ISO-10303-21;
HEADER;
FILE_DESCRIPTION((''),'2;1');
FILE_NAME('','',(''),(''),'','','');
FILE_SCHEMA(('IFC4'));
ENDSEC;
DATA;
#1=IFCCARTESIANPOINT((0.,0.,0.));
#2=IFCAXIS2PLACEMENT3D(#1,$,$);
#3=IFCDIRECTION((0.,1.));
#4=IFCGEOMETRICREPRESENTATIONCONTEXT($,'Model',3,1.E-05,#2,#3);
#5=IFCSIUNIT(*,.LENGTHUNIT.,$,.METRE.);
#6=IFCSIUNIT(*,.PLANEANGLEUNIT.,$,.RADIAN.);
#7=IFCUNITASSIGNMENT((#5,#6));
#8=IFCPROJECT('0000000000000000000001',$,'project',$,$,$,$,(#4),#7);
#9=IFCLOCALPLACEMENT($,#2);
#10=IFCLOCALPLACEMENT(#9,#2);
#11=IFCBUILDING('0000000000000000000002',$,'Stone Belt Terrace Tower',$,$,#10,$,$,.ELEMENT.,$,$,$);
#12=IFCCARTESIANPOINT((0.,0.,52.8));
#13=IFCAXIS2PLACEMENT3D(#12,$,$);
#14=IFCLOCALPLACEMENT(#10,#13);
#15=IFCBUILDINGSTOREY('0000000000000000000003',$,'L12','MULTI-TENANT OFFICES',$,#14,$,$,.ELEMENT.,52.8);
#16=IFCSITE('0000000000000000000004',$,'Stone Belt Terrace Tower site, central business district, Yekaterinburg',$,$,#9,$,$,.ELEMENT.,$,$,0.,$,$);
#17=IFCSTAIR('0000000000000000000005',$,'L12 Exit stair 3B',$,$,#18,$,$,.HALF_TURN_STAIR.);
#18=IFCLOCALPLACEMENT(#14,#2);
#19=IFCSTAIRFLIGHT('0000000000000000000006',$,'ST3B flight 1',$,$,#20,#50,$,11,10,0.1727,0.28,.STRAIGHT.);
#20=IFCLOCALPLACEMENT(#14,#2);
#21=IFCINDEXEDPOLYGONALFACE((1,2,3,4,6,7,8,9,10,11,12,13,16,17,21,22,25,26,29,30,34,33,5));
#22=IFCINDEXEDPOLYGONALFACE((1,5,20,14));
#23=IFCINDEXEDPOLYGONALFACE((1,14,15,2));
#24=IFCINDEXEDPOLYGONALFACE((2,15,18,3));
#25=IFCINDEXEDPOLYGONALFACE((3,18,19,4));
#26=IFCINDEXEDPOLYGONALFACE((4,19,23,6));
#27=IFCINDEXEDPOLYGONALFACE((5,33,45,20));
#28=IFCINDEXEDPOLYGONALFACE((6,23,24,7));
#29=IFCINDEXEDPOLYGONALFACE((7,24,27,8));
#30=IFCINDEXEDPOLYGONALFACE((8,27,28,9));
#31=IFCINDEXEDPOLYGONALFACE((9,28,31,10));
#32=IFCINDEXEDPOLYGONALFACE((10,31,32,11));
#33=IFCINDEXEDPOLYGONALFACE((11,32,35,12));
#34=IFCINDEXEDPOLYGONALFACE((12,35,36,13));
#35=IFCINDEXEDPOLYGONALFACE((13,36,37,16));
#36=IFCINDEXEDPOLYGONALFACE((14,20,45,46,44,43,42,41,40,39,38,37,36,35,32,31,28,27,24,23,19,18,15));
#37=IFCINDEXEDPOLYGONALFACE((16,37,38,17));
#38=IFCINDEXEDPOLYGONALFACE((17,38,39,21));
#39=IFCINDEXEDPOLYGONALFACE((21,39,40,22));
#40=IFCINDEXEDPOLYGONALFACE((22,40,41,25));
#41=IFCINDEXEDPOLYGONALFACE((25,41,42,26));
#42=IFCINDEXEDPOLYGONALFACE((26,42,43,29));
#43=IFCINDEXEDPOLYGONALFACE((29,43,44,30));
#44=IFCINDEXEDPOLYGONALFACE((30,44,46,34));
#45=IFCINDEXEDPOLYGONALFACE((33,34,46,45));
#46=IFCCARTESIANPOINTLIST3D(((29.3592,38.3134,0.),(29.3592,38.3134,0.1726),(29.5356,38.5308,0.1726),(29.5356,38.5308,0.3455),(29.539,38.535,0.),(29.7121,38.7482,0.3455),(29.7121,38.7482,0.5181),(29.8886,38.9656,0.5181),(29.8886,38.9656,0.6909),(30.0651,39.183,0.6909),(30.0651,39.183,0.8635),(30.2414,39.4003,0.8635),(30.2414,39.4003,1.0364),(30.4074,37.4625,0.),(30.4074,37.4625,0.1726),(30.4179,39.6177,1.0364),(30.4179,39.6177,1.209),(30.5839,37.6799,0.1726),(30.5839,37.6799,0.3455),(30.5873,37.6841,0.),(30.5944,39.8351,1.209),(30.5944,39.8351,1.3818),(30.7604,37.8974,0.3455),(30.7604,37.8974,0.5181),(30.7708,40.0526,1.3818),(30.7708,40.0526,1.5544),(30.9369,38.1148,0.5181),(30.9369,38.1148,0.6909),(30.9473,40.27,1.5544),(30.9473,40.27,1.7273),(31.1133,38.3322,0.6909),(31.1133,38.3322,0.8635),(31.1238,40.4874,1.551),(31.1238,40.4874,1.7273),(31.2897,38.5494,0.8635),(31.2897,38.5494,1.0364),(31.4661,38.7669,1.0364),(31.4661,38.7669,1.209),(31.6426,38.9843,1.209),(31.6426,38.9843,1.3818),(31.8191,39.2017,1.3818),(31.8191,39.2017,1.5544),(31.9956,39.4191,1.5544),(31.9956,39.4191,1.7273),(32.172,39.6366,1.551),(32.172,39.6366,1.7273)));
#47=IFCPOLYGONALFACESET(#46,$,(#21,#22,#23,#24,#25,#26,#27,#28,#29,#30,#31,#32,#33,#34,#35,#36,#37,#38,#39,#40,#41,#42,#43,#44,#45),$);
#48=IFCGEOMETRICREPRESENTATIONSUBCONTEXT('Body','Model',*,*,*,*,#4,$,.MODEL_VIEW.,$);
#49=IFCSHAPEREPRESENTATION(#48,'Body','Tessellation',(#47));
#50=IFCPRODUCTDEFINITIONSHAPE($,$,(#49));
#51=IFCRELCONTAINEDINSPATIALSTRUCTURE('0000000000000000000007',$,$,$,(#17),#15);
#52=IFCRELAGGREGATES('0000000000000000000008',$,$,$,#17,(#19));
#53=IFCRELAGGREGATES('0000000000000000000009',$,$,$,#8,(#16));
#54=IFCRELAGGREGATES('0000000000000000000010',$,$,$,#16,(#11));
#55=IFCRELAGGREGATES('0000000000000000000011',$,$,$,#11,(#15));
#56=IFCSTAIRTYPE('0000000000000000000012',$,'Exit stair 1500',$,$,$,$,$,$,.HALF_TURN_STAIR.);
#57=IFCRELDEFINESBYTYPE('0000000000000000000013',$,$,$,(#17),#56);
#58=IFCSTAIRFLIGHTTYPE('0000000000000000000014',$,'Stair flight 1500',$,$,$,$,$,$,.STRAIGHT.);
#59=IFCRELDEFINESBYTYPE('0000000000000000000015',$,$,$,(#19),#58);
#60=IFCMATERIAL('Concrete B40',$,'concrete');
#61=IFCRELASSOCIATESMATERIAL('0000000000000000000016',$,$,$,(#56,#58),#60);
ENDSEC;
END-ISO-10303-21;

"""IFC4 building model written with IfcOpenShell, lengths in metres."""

from ifc_helpers import new_model, si_unit, direction, frame, origin, place, context, subcontext, project, spatial, polyline, outline, extrude, material, type_object, element, aggregate, save


model = new_model("IFC4")

# Units and contexts
model_context = context("Model", 3, precision=1e-05, world=origin(), true_north=direction((0.0, 1.0)))
body_context = subcontext(model_context, "Body", "Model", "MODEL_VIEW")
ifc_project = project(units=[si_unit("LENGTHUNIT", "METRE"), si_unit("PLANEANGLEUNIT", "RADIAN")], contexts=[model_context])

# Site, building, storey
site_placement = place(None, origin())
site = spatial("IfcSite", under=ifc_project, at=site_placement, Name="Stone Belt Terrace Tower site, central business district, Yekaterinburg", CompositionType="ELEMENT", RefElevation=0.0)
building_placement = place(site_placement, origin())
building = spatial("IfcBuilding", under=site, at=building_placement, Name="Stone Belt Terrace Tower", CompositionType="ELEMENT")
storey_placement = place(building_placement, frame((0.0, 0.0, 52.8)))
storey = spatial("IfcBuildingStorey", under=building, at=storey_placement, Name="L12", Description="MULTI-TENANT OFFICES", CompositionType="ELEMENT", Elevation=52.8)

# Shared definitions
ifc_material_1 = material(Name="Concrete B40", Category="concrete")

# Stair, stair flight
stair_type = type_object("IfcStairType", Name="Exit stair 1500", PredefinedType="HALF_TURN_STAIR", material=ifc_material_1)
stair_placement = place(storey_placement, origin())
stair = element("IfcStair", 1, at=stair_placement, inside=storey, type_object=stair_type, Name="L12 Exit stair 3B", PredefinedType="HALF_TURN_STAIR")
stair_flight_type = type_object("IfcStairFlightType", Name="Stair flight 1500", PredefinedType="STRAIGHT", material=ifc_material_1)
stair_flight_placement = place(storey_placement, frame((29.8833, 37.8879, 0.0), z_axis=(0.0, 0.0, 1.0), x_axis=(0.630206, 0.776428, 0.0)))
stair_flight = element("IfcStairFlight", 2, at=stair_flight_placement, type_object=stair_flight_type, Name="ST3B flight 1", NumberOfRisers=11, NumberOfTreads=10, PredefinedType="STRAIGHT", RiserHeight=0.1727, TreadLength=0.28, context=body_context, shape_type="SweptSolid", body=[
    extrude(outline(polyline([(0.0, 0.0), (0.0, 0.1726), (0.28, 0.1726), (0.28, 0.3455), (0.5601, 0.3455), (0.5601, 0.5181), (0.8401, 0.5181), (0.8401, 0.6909), (1.1201, 0.6909), (1.1201, 0.8635), (1.3999, 0.8635), (1.3999, 1.0364), (1.6799, 1.0364), (1.6799, 1.209), (1.96, 1.209), (1.96, 1.3818), (2.24, 1.3818), (2.24, 1.5544), (2.52, 1.5544), (2.52, 1.7273), (2.8, 1.7273), (2.8, 1.8999), (2.8, 1.551), (0.2854, 0.0), (0.0, 0.0)])), frame((0.0, 0.675, 0.0), z_axis=(0.0, -1.0, 0.0), x_axis=(1.0, 0.0, 0.0)), (0.0, 0.0, 1.0), 1.3501),
])
aggregate(stair, [stair_flight])

save(model, "model.ifc")
